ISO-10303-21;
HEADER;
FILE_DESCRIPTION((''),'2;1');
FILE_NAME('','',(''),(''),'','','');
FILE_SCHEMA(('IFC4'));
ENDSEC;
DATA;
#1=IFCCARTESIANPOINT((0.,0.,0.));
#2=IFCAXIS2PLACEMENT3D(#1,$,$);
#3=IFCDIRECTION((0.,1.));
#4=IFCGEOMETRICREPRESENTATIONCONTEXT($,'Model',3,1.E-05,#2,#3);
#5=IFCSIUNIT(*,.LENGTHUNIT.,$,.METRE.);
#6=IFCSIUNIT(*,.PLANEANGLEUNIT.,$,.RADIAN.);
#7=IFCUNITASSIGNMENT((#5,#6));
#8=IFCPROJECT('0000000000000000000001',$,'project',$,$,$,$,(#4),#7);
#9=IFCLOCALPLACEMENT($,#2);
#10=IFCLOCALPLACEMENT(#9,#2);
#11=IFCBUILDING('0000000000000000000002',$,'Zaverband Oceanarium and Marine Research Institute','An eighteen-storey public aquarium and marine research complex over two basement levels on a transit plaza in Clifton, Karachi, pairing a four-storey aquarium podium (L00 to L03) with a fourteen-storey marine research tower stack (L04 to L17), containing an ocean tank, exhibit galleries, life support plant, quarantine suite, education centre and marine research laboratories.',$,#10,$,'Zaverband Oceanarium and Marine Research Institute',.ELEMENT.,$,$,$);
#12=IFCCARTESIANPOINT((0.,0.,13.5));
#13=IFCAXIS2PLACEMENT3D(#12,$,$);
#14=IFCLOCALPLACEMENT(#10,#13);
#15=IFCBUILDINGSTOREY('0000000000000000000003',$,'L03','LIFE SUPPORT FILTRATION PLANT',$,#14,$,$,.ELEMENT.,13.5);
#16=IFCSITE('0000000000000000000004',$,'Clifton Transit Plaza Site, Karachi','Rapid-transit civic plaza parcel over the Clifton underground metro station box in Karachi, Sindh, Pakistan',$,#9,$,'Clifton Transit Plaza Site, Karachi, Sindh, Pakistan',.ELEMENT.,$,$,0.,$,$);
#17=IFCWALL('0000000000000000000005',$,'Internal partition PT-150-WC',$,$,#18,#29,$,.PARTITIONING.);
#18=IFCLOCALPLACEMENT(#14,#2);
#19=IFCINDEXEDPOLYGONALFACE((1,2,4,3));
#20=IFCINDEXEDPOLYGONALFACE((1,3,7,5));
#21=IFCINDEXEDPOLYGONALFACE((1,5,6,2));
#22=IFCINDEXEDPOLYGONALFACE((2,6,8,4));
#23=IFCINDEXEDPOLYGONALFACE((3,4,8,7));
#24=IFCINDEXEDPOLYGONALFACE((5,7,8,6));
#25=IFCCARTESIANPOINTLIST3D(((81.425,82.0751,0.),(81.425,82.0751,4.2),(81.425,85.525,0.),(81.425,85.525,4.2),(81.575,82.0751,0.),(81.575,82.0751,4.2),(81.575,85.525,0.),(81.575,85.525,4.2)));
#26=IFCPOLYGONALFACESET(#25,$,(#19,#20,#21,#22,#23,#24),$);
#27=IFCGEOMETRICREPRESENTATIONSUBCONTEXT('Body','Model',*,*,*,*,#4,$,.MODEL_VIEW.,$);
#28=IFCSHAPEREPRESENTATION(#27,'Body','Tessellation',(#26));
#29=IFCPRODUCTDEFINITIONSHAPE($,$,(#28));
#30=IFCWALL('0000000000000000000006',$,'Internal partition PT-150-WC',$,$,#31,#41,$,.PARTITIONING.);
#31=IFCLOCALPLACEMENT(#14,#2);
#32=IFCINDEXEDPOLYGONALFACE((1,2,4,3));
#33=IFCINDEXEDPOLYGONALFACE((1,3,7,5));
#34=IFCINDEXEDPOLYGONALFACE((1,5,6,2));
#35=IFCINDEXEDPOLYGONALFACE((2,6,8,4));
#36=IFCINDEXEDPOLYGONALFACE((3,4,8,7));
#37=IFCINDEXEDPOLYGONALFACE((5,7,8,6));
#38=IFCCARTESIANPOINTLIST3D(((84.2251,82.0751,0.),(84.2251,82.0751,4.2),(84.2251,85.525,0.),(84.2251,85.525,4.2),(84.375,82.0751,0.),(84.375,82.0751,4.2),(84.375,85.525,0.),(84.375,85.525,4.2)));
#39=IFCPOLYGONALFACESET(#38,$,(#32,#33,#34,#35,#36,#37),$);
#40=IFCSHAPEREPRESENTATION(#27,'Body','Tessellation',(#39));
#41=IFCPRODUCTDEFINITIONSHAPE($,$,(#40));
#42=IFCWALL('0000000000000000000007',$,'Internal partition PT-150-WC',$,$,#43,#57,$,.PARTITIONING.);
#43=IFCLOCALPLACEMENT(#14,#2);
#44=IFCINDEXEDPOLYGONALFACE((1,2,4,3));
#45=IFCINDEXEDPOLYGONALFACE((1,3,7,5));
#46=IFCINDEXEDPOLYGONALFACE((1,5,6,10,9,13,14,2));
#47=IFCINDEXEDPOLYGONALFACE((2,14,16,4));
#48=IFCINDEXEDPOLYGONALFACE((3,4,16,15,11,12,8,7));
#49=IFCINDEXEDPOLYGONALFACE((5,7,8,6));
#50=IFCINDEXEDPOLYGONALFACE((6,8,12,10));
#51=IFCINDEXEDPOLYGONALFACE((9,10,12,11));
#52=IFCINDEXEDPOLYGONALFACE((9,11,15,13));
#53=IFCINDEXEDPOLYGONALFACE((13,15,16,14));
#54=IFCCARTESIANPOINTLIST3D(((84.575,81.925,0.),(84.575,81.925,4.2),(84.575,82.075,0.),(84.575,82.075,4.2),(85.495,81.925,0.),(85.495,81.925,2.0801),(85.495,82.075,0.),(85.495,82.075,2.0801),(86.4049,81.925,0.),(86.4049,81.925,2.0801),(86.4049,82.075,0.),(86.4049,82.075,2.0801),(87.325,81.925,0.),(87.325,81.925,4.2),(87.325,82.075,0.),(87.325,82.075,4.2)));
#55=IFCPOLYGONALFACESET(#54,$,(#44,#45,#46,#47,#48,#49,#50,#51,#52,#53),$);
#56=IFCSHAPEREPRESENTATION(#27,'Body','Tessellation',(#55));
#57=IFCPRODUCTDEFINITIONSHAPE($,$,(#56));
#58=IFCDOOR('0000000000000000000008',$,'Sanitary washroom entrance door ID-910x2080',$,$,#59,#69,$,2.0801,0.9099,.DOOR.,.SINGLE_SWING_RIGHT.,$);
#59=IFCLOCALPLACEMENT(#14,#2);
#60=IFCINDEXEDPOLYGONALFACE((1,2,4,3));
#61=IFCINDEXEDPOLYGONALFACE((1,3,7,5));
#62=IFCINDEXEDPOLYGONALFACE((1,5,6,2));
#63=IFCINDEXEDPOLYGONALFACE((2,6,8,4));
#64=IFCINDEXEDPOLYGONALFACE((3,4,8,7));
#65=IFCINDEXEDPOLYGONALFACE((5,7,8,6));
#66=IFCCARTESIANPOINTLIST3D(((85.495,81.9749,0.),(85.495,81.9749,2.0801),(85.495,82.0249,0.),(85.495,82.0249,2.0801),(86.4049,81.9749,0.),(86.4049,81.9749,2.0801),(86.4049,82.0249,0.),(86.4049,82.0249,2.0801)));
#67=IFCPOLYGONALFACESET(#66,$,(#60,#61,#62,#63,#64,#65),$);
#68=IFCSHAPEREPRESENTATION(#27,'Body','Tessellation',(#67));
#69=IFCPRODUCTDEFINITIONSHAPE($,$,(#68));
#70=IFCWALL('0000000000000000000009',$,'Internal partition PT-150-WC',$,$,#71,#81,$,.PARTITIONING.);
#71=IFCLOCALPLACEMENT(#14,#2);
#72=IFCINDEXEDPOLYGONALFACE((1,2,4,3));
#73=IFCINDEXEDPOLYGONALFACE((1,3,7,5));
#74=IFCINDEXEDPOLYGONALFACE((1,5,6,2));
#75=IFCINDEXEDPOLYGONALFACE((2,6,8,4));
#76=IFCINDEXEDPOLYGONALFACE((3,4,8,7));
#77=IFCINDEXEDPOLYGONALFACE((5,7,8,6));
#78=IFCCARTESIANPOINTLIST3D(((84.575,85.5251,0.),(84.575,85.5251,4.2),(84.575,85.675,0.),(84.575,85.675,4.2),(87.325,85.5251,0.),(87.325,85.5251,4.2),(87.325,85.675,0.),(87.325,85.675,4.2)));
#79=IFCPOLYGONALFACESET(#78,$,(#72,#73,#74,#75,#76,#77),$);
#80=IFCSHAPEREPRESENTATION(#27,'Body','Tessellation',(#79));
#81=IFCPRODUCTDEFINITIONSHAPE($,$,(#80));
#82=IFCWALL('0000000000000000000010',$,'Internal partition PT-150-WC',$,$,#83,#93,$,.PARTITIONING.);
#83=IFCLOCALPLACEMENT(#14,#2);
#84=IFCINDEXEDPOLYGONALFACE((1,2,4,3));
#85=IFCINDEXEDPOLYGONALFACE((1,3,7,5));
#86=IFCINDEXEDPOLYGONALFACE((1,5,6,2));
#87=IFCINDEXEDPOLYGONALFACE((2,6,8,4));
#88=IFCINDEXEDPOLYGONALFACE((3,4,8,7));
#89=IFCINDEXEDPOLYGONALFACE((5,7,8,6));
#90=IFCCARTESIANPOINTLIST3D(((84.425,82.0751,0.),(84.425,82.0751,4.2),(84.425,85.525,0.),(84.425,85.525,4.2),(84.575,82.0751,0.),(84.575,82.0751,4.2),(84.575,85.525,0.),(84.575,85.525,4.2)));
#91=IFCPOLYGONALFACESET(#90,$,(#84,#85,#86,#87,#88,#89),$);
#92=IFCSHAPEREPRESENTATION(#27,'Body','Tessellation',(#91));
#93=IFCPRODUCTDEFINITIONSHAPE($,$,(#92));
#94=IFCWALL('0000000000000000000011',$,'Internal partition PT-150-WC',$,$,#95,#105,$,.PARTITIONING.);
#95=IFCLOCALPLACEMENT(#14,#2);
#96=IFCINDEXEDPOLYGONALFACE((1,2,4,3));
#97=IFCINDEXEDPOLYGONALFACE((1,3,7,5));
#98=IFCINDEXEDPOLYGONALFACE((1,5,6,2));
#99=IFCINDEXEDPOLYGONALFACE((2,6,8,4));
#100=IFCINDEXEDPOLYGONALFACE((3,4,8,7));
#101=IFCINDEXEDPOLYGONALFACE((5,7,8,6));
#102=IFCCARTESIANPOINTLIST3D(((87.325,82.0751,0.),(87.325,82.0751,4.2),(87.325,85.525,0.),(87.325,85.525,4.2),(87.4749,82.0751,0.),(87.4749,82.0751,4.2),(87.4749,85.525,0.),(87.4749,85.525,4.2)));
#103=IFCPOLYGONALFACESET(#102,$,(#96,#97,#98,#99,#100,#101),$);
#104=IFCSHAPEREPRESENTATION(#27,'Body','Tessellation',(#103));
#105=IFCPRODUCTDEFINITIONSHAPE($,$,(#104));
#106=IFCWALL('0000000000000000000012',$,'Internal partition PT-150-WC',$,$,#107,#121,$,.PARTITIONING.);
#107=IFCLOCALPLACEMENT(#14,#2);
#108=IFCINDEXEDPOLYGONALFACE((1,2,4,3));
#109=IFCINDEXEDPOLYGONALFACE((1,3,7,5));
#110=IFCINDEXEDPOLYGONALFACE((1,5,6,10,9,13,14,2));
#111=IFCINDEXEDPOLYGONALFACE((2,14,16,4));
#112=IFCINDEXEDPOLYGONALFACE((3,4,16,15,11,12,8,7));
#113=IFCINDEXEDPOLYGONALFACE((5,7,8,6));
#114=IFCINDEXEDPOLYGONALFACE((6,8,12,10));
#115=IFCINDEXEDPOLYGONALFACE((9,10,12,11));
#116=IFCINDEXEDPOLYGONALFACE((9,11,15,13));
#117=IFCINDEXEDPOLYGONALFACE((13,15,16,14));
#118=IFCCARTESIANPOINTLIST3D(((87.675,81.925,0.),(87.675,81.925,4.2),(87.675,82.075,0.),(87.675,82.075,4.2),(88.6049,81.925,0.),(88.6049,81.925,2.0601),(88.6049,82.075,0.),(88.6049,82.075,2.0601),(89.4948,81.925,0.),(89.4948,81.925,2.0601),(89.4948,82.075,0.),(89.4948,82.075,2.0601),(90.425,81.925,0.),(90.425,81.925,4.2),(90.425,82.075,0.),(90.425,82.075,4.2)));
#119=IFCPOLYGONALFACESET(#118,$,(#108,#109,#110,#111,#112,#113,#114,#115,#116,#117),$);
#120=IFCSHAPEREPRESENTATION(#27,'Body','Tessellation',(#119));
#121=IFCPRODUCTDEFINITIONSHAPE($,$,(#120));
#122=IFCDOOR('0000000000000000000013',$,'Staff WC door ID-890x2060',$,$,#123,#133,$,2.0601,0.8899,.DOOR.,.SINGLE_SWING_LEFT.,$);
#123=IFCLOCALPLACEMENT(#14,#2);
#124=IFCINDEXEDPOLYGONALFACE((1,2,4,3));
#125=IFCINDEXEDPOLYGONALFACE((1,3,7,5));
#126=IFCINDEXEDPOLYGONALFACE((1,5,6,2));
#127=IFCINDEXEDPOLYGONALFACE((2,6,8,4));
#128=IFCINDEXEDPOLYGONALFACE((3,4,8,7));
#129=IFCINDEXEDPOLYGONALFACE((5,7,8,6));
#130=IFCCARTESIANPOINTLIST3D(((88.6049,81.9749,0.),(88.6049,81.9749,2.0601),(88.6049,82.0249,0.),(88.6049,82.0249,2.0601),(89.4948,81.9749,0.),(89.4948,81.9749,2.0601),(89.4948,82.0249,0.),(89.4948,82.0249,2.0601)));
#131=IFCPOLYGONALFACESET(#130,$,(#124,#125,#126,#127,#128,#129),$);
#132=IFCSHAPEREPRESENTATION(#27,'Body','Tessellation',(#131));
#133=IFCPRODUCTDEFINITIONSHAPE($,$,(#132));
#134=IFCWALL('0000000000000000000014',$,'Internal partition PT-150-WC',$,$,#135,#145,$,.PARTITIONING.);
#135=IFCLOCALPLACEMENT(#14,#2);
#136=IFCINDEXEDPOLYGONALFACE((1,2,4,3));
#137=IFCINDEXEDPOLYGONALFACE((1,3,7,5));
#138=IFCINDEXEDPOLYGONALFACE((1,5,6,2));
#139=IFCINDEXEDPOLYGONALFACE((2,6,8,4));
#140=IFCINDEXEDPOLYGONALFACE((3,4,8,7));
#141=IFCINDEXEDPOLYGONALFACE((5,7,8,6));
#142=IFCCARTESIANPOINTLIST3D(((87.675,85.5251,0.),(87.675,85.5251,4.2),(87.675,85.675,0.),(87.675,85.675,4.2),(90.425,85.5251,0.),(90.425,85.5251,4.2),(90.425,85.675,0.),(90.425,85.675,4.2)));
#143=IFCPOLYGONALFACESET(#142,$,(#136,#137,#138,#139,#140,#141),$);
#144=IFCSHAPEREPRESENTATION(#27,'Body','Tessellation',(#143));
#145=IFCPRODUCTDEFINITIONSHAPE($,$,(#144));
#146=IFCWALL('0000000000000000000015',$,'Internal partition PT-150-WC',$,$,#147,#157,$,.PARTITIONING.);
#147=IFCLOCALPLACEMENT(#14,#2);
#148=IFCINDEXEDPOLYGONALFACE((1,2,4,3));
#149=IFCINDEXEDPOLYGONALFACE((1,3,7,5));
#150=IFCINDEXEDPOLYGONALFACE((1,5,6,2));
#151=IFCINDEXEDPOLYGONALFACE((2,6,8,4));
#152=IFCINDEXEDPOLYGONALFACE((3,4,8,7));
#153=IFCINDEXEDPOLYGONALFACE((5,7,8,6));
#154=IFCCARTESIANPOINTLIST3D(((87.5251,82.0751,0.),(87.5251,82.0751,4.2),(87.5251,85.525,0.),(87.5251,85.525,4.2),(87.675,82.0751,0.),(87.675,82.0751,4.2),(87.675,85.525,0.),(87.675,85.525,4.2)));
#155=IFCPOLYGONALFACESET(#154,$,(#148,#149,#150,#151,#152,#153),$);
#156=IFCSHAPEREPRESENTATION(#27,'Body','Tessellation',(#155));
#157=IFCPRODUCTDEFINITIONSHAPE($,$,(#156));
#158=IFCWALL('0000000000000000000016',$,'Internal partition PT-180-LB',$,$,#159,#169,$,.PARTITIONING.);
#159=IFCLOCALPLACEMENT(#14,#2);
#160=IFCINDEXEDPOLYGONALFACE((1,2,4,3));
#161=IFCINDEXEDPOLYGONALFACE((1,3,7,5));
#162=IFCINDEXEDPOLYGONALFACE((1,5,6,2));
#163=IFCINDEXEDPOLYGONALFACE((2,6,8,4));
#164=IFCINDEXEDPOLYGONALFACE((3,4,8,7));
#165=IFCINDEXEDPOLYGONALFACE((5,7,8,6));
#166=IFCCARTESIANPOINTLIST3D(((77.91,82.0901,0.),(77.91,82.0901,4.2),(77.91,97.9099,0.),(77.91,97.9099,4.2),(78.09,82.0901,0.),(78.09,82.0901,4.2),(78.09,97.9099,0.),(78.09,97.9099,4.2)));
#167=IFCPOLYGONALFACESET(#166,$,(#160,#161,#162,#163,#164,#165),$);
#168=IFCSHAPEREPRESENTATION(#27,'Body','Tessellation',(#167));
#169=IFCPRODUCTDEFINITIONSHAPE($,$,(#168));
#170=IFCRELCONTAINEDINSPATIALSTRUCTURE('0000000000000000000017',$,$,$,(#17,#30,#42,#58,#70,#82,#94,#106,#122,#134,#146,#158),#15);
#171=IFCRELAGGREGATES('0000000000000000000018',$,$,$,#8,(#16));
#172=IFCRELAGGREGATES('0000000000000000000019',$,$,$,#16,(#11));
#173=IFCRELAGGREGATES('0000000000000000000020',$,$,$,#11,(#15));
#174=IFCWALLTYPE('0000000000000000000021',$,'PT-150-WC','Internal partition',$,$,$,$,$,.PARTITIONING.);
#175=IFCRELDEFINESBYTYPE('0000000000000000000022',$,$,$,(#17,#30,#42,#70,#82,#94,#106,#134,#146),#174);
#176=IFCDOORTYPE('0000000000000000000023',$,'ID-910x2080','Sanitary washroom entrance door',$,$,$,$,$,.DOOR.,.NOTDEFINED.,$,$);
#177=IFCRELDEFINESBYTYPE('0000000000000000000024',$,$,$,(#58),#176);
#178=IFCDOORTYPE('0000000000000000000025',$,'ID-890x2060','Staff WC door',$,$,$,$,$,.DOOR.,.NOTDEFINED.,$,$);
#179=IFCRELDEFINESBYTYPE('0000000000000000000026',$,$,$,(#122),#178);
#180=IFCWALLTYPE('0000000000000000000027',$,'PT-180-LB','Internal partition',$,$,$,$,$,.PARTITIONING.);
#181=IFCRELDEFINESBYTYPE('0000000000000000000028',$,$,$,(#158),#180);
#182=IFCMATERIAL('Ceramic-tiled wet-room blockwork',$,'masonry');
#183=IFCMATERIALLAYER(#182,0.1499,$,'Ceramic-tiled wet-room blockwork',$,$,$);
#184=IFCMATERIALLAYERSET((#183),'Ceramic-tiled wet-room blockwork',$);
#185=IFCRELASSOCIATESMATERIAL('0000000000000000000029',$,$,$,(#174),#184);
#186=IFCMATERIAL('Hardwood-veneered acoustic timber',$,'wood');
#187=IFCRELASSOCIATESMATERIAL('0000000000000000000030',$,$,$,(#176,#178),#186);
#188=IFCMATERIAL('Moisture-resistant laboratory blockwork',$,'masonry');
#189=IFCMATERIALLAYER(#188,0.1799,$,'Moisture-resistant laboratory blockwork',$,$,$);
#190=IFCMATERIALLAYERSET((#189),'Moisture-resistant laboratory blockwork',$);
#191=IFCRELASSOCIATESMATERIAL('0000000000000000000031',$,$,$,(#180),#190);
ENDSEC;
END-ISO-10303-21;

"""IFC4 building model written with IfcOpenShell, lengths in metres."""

from ifc_helpers import new_model, si_unit, direction, frame, frame_2d, origin, place, context, subcontext, project, spatial, rectangle, extrude, material, layer, layer_set, type_object, element, fill, save


model = new_model("IFC4")

# Units and contexts
model_context = context("Model", 3, precision=1e-05, world=origin(), true_north=direction((0.0, 1.0)))
body_context = subcontext(model_context, "Body", "Model", "MODEL_VIEW")
ifc_project = project(units=[si_unit("LENGTHUNIT", "METRE"), si_unit("PLANEANGLEUNIT", "RADIAN")], contexts=[model_context])

# Site, building, storey
site_placement = place(None, origin())
site = spatial("IfcSite", under=ifc_project, at=site_placement, Name="Clifton Transit Plaza Site, Karachi", Description="Rapid-transit civic plaza parcel over the Clifton underground metro station box in Karachi, Sindh, Pakistan", LongName="Clifton Transit Plaza Site, Karachi, Sindh, Pakistan", CompositionType="ELEMENT", RefElevation=0.0)
building_placement = place(site_placement, origin())
building = spatial("IfcBuilding", under=site, at=building_placement, Name="Zaverband Oceanarium and Marine Research Institute", Description="An eighteen-storey public aquarium and marine research complex over two basement levels on a transit plaza in Clifton, Karachi, pairing a four-storey aquarium podium (L00 to L03) with a fourteen-storey marine research tower stack (L04 to L17), containing an ocean tank, exhibit galleries, life support plant, quarantine suite, education centre and marine research laboratories.", LongName="Zaverband Oceanarium and Marine Research Institute", CompositionType="ELEMENT")
storey_placement = place(building_placement, frame((0.0, 0.0, 13.5)))
storey = spatial("IfcBuildingStorey", under=building, at=storey_placement, Name="L03", Description="LIFE SUPPORT FILTRATION PLANT", CompositionType="ELEMENT", Elevation=13.5)

# Shared definitions
ifc_material_1 = material(Name="Ceramic-tiled wet-room blockwork", Category="masonry")
ifc_layer_1 = layer(ifc_material_1, 0.1499, Name="Ceramic-tiled wet-room blockwork")
ifc_layer_set_1 = layer_set([ifc_layer_1], Name="Ceramic-tiled wet-room blockwork")
wall_type_1 = type_object("IfcWallType", Name="PT-150-WC", Description="Internal partition", PredefinedType="PARTITIONING", material=ifc_layer_set_1)
ifc_material_2 = material(Name="Hardwood-veneered acoustic timber", Category="wood")

# Walls
for number, where, z_axis, x_axis, name in (
    (1, (81.5, 82.075, 0.0), (0.0, 0.0, 1.0), (0.0, 1.0, 0.0), "Internal partition PT-150-WC"),
    (2, (84.3, 82.075, 0.0), (0.0, 0.0, 1.0), (0.0, 1.0, 0.0), "Internal partition PT-150-WC"),
):
    element("IfcWall", number, at=place(storey_placement, frame(where, z_axis=z_axis, x_axis=x_axis)), inside=storey, type_object=wall_type_1, Name=name, PredefinedType="PARTITIONING", context=body_context, shape_type="SweptSolid", body=[
        extrude(rectangle(XDim=3.45, YDim=0.1499, at=frame_2d((1.7251, 0.0))), origin(), (0.0, 0.0, 1.0), 4.2),
    ])

# Wall, opening, door
wall_1_placement = place(storey_placement, frame((84.575, 82.0, 0.0), z_axis=(0.0, 0.0, 1.0), x_axis=(1.0, 0.0, 0.0)))
wall_1 = element("IfcWall", 3, at=wall_1_placement, inside=storey, type_object=wall_type_1, Name="Internal partition PT-150-WC", PredefinedType="PARTITIONING", context=body_context, shape_type="SweptSolid", body=[
    extrude(rectangle(XDim=2.75, YDim=0.1499, at=frame_2d((1.375, 0.0))), origin(), (0.0, 0.0, 1.0), 4.2),
])
opening_1_placement = place(wall_1_placement, frame((0.9199, 0.0, 0.0)))
opening_1 = element("IfcOpeningElement", 4, at=opening_1_placement, cuts=wall_1, PredefinedType="OPENING", context=body_context, shape_type="SweptSolid", body=[
    extrude(rectangle(XDim=0.9099, YDim=2.0801, at=frame_2d((0.4551, 1.04))), frame((0.0, 0.0869, 0.0), z_axis=(0.0, -1.0, 0.0), x_axis=(1.0, 0.0, 0.0)), (0.0, 0.0, 1.0), 0.1738),
])
door_type_1 = type_object("IfcDoorType", Name="ID-910x2080", Description="Sanitary washroom entrance door", OperationType="NOTDEFINED", PredefinedType="DOOR", material=ifc_material_2)
door_1_placement = place(opening_1_placement, origin())
door_1 = element("IfcDoor", 5, at=door_1_placement, inside=storey, type_object=door_type_1, Name="Sanitary washroom entrance door ID-910x2080", OperationType="SINGLE_SWING_RIGHT", OverallHeight=2.0801, OverallWidth=0.9099, PredefinedType="DOOR", context=body_context, shape_type="SweptSolid", body=[
    extrude(rectangle(XDim=0.9099, YDim=2.0801, at=frame_2d((0.4551, 1.04))), frame((0.0, 0.0249, 0.0), z_axis=(0.0, -1.0, 0.0), x_axis=(1.0, 0.0, 0.0)), (0.0, 0.0, 1.0), 0.05),
])
fill(opening_1, door_1)

# Walls
wall_2_placement = place(storey_placement, frame((84.575, 85.6001, 0.0), z_axis=(0.0, 0.0, 1.0), x_axis=(1.0, 0.0, 0.0)))
element("IfcWall", 6, at=wall_2_placement, inside=storey, type_object=wall_type_1, Name="Internal partition PT-150-WC", PredefinedType="PARTITIONING", context=body_context, shape_type="SweptSolid", body=[
    extrude(rectangle(XDim=2.75, YDim=0.1499, at=frame_2d((1.375, 0.0))), origin(), (0.0, 0.0, 1.0), 4.2),
])
for number, where, z_axis, x_axis, name in (
    (7, (84.5, 82.075, 0.0), (0.0, 0.0, 1.0), (0.0, 1.0, 0.0), "Internal partition PT-150-WC"),
    (8, (87.3999, 82.075, 0.0), (0.0, 0.0, 1.0), (0.0, 1.0, 0.0), "Internal partition PT-150-WC"),
):
    element("IfcWall", number, at=place(storey_placement, frame(where, z_axis=z_axis, x_axis=x_axis)), inside=storey, type_object=wall_type_1, Name=name, PredefinedType="PARTITIONING", context=body_context, shape_type="SweptSolid", body=[
        extrude(rectangle(XDim=3.45, YDim=0.1499, at=frame_2d((1.7251, 0.0))), origin(), (0.0, 0.0, 1.0), 4.2),
    ])

# Wall, opening, door
wall_3_placement = place(storey_placement, frame((87.675, 82.0, 0.0), z_axis=(0.0, 0.0, 1.0), x_axis=(1.0, 0.0, 0.0)))
wall_3 = element("IfcWall", 9, at=wall_3_placement, inside=storey, type_object=wall_type_1, Name="Internal partition PT-150-WC", PredefinedType="PARTITIONING", context=body_context, shape_type="SweptSolid", body=[
    extrude(rectangle(XDim=2.75, YDim=0.1499, at=frame_2d((1.375, 0.0))), origin(), (0.0, 0.0, 1.0), 4.2),
])
opening_2_placement = place(wall_3_placement, frame((0.9299, 0.0, 0.0)))
opening_2 = element("IfcOpeningElement", 10, at=opening_2_placement, cuts=wall_3, PredefinedType="OPENING", context=body_context, shape_type="SweptSolid", body=[
    extrude(rectangle(XDim=0.8899, YDim=2.0601, at=frame_2d((0.4448, 1.03))), frame((0.0, 0.0869, 0.0), z_axis=(0.0, -1.0, 0.0), x_axis=(1.0, 0.0, 0.0)), (0.0, 0.0, 1.0), 0.1738),
])
door_type_2 = type_object("IfcDoorType", Name="ID-890x2060", Description="Staff WC door", OperationType="NOTDEFINED", PredefinedType="DOOR", material=ifc_material_2)
door_2_placement = place(opening_2_placement, origin())
door_2 = element("IfcDoor", 11, at=door_2_placement, inside=storey, type_object=door_type_2, Name="Staff WC door ID-890x2060", OperationType="SINGLE_SWING_LEFT", OverallHeight=2.0601, OverallWidth=0.8899, PredefinedType="DOOR", context=body_context, shape_type="SweptSolid", body=[
    extrude(rectangle(XDim=0.8899, YDim=2.0601, at=frame_2d((0.4448, 1.03))), frame((0.0, 0.0249, 0.0), z_axis=(0.0, -1.0, 0.0), x_axis=(1.0, 0.0, 0.0)), (0.0, 0.0, 1.0), 0.05),
])
fill(opening_2, door_2)

# Walls
wall_4_placement = place(storey_placement, frame((87.675, 85.6001, 0.0), z_axis=(0.0, 0.0, 1.0), x_axis=(1.0, 0.0, 0.0)))
element("IfcWall", 12, at=wall_4_placement, inside=storey, type_object=wall_type_1, Name="Internal partition PT-150-WC", PredefinedType="PARTITIONING", context=body_context, shape_type="SweptSolid", body=[
    extrude(rectangle(XDim=2.75, YDim=0.1499, at=frame_2d((1.375, 0.0))), origin(), (0.0, 0.0, 1.0), 4.2),
])
wall_5_placement = place(storey_placement, frame((87.6001, 82.075, 0.0), z_axis=(0.0, 0.0, 1.0), x_axis=(0.0, 1.0, 0.0)))
element("IfcWall", 13, at=wall_5_placement, inside=storey, type_object=wall_type_1, Name="Internal partition PT-150-WC", PredefinedType="PARTITIONING", context=body_context, shape_type="SweptSolid", body=[
    extrude(rectangle(XDim=3.45, YDim=0.1499, at=frame_2d((1.7251, 0.0))), origin(), (0.0, 0.0, 1.0), 4.2),
])
ifc_material_3 = material(Name="Moisture-resistant laboratory blockwork", Category="masonry")
ifc_layer_2 = layer(ifc_material_3, 0.1799, Name="Moisture-resistant laboratory blockwork")
ifc_layer_set_2 = layer_set([ifc_layer_2], Name="Moisture-resistant laboratory blockwork")
wall_type_2 = type_object("IfcWallType", Name="PT-180-LB", Description="Internal partition", PredefinedType="PARTITIONING", material=ifc_layer_set_2)
wall_6_placement = place(storey_placement, frame((78.0, 82.0901, 0.0), z_axis=(0.0, 0.0, 1.0), x_axis=(0.0, 1.0, 0.0)))
element("IfcWall", 14, at=wall_6_placement, inside=storey, type_object=wall_type_2, Name="Internal partition PT-180-LB", PredefinedType="PARTITIONING", context=body_context, shape_type="SweptSolid", body=[
    extrude(rectangle(XDim=15.8198, YDim=0.1799, at=frame_2d((7.9099, 0.0))), origin(), (0.0, 0.0, 1.0), 4.2),
])

save(model, "model.ifc")
